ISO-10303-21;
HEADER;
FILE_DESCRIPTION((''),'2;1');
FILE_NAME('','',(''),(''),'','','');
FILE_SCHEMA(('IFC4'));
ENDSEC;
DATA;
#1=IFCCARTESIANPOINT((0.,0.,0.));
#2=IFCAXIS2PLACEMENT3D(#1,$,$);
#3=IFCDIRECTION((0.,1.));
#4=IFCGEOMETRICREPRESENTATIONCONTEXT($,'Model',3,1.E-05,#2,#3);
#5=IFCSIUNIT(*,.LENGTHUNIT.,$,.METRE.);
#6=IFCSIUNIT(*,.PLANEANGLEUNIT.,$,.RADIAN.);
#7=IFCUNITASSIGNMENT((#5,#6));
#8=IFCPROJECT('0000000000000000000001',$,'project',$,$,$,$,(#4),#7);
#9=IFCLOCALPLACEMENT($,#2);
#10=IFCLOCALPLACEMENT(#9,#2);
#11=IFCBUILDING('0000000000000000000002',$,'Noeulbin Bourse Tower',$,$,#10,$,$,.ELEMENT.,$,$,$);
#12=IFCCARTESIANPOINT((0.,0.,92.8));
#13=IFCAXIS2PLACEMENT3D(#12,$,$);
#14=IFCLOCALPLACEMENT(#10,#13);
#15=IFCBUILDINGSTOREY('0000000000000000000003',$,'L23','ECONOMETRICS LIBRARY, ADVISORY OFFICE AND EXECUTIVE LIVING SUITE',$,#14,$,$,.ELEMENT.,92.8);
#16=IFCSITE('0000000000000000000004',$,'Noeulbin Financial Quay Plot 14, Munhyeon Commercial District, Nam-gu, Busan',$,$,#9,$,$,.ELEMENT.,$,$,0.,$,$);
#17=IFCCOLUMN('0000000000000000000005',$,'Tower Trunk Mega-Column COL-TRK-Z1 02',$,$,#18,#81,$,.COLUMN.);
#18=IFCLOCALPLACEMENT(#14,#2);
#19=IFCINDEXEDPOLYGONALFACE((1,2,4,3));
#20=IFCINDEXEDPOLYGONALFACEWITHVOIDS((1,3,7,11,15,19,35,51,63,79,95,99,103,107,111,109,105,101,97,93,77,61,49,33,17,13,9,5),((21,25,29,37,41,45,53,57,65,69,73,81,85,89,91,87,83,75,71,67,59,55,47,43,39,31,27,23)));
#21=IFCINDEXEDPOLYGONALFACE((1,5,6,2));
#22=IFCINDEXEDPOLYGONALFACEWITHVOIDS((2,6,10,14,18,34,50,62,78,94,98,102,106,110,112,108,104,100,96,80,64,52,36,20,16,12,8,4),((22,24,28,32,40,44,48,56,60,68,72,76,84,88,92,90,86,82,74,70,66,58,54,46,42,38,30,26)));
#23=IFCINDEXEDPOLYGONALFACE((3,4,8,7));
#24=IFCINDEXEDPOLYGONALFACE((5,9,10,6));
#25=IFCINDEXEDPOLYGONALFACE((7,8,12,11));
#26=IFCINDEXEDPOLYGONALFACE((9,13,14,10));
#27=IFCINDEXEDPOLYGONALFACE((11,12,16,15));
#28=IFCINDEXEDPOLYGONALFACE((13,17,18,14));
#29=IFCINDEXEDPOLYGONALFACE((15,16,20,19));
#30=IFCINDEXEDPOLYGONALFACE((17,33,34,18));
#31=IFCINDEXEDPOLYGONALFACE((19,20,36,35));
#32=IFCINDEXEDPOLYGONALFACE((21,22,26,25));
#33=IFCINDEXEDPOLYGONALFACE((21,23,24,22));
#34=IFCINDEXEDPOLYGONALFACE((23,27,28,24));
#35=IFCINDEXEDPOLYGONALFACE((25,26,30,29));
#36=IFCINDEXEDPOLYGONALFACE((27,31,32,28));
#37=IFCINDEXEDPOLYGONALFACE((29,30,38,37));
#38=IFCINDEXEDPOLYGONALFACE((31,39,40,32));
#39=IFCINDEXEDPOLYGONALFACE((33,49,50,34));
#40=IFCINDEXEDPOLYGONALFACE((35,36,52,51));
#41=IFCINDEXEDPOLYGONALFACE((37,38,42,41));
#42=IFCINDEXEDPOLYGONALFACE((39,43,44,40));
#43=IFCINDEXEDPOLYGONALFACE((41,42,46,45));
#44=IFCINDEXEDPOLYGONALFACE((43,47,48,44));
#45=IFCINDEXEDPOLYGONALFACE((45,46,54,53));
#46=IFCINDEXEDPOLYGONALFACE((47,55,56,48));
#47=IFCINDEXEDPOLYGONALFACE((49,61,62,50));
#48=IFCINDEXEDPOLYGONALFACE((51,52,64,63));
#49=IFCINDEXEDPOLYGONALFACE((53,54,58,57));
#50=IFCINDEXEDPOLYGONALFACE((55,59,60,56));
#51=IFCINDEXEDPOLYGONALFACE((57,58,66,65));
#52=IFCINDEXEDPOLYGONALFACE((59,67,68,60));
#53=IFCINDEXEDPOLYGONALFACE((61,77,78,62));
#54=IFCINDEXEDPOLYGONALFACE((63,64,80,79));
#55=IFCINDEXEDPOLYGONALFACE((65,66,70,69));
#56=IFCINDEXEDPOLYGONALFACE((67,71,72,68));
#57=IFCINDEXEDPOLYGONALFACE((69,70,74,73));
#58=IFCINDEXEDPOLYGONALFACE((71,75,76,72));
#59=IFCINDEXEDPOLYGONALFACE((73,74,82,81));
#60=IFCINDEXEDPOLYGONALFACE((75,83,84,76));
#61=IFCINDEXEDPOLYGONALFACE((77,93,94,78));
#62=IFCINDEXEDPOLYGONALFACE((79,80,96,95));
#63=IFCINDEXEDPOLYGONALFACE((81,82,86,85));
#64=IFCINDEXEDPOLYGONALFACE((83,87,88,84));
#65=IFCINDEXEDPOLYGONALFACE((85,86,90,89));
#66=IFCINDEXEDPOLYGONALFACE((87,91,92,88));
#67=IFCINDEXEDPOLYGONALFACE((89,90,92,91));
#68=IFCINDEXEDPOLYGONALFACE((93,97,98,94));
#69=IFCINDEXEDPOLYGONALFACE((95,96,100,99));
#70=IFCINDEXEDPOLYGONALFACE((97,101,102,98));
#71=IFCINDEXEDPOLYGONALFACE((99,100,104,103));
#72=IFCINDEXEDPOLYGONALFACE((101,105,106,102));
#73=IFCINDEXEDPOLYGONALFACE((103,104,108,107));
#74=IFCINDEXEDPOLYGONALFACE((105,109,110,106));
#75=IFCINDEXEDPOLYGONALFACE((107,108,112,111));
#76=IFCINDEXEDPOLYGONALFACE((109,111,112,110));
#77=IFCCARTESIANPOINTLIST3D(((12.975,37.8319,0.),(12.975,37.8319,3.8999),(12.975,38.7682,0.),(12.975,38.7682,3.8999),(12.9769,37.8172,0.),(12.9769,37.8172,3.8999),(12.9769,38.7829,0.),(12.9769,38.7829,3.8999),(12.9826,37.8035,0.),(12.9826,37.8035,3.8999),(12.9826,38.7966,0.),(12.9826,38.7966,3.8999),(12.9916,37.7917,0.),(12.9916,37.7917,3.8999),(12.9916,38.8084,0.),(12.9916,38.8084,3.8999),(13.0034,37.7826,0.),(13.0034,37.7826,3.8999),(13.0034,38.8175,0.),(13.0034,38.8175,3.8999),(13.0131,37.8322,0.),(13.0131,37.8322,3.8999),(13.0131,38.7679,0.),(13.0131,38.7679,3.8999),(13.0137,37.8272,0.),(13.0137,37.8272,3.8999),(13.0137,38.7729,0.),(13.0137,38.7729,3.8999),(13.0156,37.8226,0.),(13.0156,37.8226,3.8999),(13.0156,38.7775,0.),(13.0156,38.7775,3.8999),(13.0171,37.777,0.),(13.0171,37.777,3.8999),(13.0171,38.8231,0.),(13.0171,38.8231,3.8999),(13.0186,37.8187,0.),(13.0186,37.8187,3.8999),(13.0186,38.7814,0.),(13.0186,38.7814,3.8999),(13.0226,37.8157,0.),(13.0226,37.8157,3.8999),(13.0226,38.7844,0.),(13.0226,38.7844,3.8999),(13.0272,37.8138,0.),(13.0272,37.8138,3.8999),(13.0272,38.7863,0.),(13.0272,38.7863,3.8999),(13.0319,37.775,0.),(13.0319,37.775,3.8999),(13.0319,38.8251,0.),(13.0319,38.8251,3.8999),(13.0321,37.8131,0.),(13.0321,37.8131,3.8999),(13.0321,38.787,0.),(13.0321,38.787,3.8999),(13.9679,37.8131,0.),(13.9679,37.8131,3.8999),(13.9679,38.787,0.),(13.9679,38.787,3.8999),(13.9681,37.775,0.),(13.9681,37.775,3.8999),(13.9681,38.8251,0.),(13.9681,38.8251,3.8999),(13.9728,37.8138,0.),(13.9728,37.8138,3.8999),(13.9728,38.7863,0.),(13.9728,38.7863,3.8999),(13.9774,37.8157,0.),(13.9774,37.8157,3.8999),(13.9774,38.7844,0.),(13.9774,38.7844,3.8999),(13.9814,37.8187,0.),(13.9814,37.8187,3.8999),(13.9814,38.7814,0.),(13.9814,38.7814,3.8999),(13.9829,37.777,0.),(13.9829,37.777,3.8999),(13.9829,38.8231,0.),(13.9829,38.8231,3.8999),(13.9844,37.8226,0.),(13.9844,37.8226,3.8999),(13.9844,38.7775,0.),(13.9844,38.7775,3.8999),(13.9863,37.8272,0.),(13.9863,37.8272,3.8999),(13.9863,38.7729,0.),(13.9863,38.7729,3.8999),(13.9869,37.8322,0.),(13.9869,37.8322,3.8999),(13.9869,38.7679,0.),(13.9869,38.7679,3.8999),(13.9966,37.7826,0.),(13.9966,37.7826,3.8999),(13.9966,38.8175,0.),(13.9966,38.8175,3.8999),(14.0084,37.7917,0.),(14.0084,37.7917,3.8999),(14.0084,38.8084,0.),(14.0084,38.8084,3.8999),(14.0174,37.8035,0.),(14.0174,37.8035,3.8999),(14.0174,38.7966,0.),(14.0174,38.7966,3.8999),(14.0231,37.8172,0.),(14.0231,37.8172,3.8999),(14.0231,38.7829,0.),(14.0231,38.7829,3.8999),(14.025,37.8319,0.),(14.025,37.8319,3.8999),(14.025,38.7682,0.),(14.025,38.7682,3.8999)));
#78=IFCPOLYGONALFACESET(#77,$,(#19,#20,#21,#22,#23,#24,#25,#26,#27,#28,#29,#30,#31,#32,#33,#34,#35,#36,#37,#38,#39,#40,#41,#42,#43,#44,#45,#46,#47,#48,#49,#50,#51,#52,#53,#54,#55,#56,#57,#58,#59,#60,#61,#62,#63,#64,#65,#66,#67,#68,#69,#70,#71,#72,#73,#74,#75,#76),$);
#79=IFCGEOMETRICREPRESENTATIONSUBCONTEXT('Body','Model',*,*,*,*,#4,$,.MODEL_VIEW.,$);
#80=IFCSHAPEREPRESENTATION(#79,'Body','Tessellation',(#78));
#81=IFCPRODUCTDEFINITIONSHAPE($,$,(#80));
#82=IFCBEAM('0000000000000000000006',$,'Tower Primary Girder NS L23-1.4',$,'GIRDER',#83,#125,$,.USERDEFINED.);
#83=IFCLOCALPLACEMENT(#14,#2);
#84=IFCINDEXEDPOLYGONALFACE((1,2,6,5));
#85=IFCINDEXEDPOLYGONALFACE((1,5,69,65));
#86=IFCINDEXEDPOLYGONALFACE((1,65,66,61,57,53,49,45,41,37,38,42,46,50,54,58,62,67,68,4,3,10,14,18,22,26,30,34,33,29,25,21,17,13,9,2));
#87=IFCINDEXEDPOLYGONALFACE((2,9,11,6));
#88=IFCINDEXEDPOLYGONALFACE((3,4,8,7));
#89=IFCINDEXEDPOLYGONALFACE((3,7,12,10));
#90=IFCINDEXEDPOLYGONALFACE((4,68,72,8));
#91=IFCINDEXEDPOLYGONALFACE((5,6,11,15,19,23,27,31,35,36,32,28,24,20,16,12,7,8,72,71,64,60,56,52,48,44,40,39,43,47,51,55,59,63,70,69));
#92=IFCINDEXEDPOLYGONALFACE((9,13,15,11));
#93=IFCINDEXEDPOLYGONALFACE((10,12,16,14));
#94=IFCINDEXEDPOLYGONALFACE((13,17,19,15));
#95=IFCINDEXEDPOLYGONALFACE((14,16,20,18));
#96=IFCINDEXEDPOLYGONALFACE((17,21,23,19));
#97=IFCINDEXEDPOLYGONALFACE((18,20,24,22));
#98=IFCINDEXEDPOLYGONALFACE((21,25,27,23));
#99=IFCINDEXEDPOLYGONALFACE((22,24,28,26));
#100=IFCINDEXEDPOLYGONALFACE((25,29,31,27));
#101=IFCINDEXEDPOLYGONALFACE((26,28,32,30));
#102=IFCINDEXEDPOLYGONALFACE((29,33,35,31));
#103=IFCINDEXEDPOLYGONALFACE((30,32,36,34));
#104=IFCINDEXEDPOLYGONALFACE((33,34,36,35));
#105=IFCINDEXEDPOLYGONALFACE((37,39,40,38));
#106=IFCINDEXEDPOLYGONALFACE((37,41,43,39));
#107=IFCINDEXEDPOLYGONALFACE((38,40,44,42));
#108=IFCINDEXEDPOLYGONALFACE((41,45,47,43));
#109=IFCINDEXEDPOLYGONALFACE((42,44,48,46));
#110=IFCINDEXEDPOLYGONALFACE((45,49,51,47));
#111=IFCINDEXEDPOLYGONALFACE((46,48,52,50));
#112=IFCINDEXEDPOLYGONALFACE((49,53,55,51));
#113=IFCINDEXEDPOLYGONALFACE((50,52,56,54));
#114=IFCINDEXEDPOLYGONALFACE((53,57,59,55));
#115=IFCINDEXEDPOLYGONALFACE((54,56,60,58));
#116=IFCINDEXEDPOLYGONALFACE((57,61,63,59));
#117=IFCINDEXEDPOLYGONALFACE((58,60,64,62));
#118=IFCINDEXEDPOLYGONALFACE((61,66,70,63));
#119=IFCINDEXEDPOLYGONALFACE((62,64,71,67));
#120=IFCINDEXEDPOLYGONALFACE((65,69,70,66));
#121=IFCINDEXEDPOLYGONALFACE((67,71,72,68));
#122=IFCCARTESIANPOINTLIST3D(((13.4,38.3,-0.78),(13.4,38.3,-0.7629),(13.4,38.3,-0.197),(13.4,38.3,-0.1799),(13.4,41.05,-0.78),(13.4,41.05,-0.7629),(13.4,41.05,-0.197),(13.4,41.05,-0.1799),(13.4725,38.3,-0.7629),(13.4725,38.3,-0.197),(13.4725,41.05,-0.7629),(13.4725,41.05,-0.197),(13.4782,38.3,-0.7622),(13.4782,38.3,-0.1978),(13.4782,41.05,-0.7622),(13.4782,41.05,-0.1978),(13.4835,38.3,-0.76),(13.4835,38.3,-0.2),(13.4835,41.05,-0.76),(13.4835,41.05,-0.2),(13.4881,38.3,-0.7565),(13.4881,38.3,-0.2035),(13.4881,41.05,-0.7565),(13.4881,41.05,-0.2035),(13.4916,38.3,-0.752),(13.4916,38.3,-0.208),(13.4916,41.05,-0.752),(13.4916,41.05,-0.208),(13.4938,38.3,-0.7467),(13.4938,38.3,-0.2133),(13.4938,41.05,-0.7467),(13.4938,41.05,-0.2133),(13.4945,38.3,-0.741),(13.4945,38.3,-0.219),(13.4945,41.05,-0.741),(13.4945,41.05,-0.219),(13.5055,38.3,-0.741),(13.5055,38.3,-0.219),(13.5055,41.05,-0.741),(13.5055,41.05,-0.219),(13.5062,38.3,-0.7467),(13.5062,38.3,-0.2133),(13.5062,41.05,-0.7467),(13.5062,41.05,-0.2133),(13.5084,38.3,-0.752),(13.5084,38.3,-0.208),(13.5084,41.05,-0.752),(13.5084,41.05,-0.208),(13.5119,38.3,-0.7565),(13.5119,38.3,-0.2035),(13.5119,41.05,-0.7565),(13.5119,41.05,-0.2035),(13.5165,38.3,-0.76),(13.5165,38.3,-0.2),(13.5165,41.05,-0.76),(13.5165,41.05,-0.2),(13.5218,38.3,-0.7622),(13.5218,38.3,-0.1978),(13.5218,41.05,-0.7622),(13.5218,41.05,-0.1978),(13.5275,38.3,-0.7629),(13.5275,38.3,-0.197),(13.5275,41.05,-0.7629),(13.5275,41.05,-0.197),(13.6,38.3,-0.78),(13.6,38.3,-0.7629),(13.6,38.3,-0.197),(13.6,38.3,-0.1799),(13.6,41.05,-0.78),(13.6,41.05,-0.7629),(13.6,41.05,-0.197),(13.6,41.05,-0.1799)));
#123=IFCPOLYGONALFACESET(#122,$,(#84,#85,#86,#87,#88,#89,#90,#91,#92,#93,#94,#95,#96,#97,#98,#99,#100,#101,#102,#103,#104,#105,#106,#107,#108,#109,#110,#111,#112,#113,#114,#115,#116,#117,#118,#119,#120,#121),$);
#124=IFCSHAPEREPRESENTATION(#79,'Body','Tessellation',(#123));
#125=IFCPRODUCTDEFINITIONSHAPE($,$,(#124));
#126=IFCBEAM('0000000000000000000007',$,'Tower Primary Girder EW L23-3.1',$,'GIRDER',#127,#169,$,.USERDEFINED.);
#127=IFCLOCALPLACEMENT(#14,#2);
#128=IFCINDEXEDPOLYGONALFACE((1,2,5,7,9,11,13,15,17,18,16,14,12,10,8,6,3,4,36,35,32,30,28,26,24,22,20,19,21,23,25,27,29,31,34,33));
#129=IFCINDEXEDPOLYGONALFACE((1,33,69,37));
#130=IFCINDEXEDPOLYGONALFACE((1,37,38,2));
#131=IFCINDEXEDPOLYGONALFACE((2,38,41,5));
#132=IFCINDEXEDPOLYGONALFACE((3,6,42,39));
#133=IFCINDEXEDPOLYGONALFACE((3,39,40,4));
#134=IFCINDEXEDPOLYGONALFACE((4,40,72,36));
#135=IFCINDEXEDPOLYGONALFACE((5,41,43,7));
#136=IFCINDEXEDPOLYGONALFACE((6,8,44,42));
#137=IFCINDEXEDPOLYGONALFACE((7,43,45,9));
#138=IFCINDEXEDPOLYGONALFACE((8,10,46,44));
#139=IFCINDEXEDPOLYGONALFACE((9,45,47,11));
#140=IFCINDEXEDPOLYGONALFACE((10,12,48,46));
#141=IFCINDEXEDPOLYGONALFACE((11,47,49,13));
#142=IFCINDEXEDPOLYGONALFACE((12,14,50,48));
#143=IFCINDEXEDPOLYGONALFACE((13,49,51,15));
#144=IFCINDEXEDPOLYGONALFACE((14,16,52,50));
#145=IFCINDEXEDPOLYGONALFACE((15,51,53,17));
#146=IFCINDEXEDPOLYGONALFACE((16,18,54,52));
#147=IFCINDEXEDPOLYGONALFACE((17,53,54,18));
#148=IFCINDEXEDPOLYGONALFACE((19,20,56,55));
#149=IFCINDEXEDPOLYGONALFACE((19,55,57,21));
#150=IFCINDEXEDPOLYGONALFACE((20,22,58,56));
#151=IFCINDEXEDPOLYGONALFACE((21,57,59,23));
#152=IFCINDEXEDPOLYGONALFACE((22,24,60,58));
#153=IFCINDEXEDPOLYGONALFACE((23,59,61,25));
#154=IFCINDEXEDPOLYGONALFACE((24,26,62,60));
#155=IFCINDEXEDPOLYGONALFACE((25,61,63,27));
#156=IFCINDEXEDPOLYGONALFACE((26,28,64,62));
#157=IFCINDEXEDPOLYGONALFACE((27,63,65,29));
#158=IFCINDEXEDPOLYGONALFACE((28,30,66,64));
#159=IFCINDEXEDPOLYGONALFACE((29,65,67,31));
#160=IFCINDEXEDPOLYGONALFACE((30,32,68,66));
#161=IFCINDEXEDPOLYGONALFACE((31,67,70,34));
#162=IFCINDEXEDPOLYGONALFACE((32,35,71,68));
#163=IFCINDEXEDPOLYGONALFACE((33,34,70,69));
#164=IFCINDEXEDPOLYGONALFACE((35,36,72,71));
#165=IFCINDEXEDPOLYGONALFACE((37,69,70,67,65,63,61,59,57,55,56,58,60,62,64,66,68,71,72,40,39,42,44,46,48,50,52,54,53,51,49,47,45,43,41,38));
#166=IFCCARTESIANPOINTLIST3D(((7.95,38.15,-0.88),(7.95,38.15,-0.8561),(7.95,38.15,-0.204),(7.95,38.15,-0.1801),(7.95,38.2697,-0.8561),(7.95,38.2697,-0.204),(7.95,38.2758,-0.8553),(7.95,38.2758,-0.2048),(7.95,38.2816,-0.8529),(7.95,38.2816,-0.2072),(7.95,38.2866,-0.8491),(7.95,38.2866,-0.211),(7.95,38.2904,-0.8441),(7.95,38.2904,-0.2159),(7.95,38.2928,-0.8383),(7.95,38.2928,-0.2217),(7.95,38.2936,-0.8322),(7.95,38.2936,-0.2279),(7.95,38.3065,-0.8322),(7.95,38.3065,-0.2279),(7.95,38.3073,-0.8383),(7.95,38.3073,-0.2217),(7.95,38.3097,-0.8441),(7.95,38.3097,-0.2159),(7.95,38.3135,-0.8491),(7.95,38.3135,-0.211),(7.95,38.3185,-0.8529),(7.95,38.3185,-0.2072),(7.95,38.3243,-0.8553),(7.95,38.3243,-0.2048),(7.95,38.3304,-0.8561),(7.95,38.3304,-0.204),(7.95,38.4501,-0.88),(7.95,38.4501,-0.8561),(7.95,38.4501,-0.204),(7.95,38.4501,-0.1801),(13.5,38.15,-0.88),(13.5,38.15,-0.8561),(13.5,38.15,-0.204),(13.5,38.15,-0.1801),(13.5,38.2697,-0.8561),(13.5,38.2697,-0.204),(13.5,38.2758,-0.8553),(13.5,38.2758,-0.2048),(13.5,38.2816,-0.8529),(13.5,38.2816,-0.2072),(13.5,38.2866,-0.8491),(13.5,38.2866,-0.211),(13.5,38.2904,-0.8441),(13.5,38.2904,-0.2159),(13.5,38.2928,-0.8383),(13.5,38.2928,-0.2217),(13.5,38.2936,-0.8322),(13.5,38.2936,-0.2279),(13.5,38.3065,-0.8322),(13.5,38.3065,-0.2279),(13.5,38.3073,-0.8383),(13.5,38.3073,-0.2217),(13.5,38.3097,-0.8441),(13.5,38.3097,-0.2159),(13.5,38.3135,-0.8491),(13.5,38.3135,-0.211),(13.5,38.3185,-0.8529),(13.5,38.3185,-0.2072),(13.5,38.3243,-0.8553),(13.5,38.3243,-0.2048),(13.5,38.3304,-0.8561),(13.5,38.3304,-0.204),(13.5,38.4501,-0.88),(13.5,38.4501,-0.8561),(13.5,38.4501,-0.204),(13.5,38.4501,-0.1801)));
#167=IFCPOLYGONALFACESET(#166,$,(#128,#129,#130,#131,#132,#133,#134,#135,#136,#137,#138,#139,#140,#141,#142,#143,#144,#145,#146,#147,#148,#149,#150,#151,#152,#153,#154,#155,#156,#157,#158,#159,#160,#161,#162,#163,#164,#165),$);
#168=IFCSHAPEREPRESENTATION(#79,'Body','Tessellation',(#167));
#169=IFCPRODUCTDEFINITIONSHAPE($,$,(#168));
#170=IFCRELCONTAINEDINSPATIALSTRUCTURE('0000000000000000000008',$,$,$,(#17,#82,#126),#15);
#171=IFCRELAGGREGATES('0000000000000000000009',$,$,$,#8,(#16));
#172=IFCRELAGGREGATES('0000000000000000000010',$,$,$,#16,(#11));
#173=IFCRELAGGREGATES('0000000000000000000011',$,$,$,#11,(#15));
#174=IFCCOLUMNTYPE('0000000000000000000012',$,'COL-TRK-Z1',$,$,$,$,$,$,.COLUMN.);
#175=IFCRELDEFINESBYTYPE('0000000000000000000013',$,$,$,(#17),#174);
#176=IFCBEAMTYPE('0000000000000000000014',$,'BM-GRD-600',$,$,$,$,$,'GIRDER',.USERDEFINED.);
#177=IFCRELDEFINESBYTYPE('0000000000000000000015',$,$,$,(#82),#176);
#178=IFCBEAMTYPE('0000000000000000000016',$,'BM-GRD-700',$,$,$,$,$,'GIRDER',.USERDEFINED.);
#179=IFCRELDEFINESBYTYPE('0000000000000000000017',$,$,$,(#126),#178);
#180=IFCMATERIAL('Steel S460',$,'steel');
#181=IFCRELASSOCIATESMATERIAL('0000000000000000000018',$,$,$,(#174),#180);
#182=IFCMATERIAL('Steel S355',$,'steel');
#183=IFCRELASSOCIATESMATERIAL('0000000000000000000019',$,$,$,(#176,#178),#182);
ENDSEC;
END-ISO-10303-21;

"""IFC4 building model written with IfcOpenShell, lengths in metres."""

from ifc_helpers import new_model, si_unit, direction, frame, origin, origin_2d, place, context, subcontext, project, spatial, hollow_rectangle, i_section, extrude, material, material_profile, profile_set, type_object, element, save


model = new_model("IFC4")

# Units and contexts
model_context = context("Model", 3, precision=1e-05, world=origin(), true_north=direction((0.0, 1.0)))
body_context = subcontext(model_context, "Body", "Model", "MODEL_VIEW")
ifc_project = project(units=[si_unit("LENGTHUNIT", "METRE"), si_unit("PLANEANGLEUNIT", "RADIAN")], contexts=[model_context])

# Site, building, storey
site_placement = place(None, origin())
site = spatial("IfcSite", under=ifc_project, at=site_placement, Name="Noeulbin Financial Quay Plot 14, Munhyeon Commercial District, Nam-gu, Busan", CompositionType="ELEMENT", RefElevation=0.0)
building_placement = place(site_placement, origin())
building = spatial("IfcBuilding", under=site, at=building_placement, Name="Noeulbin Bourse Tower", CompositionType="ELEMENT")
storey_placement = place(building_placement, frame((0.0, 0.0, 92.8)))
storey = spatial("IfcBuildingStorey", under=building, at=storey_placement, Name="L23", Description="ECONOMETRICS LIBRARY, ADVISORY OFFICE AND EXECUTIVE LIVING SUITE", CompositionType="ELEMENT", Elevation=92.8)

# Column
ifc_material_1 = material(Name="Steel S460", Category="steel")
ifc_material_profile_1 = material_profile(ifc_material_1, hollow_rectangle(XDim=1.05, YDim=1.05, WallThickness=0.0381, InnerFilletRadius=0.019, OuterFilletRadius=0.0569, at=origin_2d()), Name="BOX-1050x1050x38", Category="LoadBearing")
ifc_profile_set_1 = profile_set([ifc_material_profile_1], Name="Steel S460")
column_type_1 = type_object("IfcColumnType", Name="COL-TRK-Z1", PredefinedType="COLUMN", material=ifc_profile_set_1)
column_placement = place(storey_placement, frame((13.5, 38.3, 0.0), z_axis=(0.0, 0.0, 1.0), x_axis=(1.0, 0.0, 0.0)))
element("IfcColumn", 1, at=column_placement, inside=storey, type_object=column_type_1, Name="Tower Trunk Mega-Column COL-TRK-Z1 02", PredefinedType="COLUMN", context=body_context, shape_type="SweptSolid", body=[
    extrude(hollow_rectangle(XDim=1.05, YDim=1.05, WallThickness=0.0381, InnerFilletRadius=0.019, OuterFilletRadius=0.0569, at=origin_2d()), origin(), (0.0, 0.0, 1.0), 3.8999),
])

# Beams
ifc_material_2 = material(Name="Steel S355", Category="steel")
ifc_material_profile_2 = material_profile(ifc_material_2, i_section(OverallWidth=0.2, OverallDepth=0.6001, WebThickness=0.011, FlangeThickness=0.0171, FilletRadius=0.022, at=origin_2d()), Name="H-600x200x11x17", Category="LoadBearing")
ifc_profile_set_2 = profile_set([ifc_material_profile_2], Name="Steel S355")
beam_type_1 = type_object("IfcBeamType", Name="BM-GRD-600", ElementType="GIRDER", PredefinedType="USERDEFINED", material=ifc_profile_set_2)
beam_1_placement = place(storey_placement, frame((13.5, 38.3, -0.48), z_axis=(0.0, 1.0, 0.0), x_axis=(-1.0, 0.0, 0.0)))
element("IfcBeam", 2, at=beam_1_placement, inside=storey, type_object=beam_type_1, Name="Tower Primary Girder NS L23-1.4", ObjectType="GIRDER", PredefinedType="USERDEFINED", context=body_context, shape_type="SweptSolid", body=[
    extrude(i_section(OverallWidth=0.2, OverallDepth=0.6001, WebThickness=0.011, FlangeThickness=0.0171, FilletRadius=0.022, at=origin_2d()), origin(), (0.0, 0.0, 1.0), 2.75),
])
ifc_material_profile_3 = material_profile(ifc_material_2, i_section(OverallWidth=0.3, OverallDepth=0.7, WebThickness=0.0129, FlangeThickness=0.0239, FilletRadius=0.0239, at=origin_2d()), Name="H-700x300x13x24", Category="LoadBearing")
ifc_profile_set_3 = profile_set([ifc_material_profile_3], Name="Steel S355")
beam_type_2 = type_object("IfcBeamType", Name="BM-GRD-700", ElementType="GIRDER", PredefinedType="USERDEFINED", material=ifc_profile_set_3)
beam_2_placement = place(storey_placement, frame((7.95, 38.3, -0.53), z_axis=(1.0, 0.0, 0.0), x_axis=(0.0, 1.0, 0.0)))
element("IfcBeam", 3, at=beam_2_placement, inside=storey, type_object=beam_type_2, Name="Tower Primary Girder EW L23-3.1", ObjectType="GIRDER", PredefinedType="USERDEFINED", context=body_context, shape_type="SweptSolid", body=[
    extrude(i_section(OverallWidth=0.3, OverallDepth=0.7, WebThickness=0.0129, FlangeThickness=0.0239, FilletRadius=0.0239, at=origin_2d()), origin(), (0.0, 0.0, 1.0), 5.55),
])

save(model, "model.ifc")
